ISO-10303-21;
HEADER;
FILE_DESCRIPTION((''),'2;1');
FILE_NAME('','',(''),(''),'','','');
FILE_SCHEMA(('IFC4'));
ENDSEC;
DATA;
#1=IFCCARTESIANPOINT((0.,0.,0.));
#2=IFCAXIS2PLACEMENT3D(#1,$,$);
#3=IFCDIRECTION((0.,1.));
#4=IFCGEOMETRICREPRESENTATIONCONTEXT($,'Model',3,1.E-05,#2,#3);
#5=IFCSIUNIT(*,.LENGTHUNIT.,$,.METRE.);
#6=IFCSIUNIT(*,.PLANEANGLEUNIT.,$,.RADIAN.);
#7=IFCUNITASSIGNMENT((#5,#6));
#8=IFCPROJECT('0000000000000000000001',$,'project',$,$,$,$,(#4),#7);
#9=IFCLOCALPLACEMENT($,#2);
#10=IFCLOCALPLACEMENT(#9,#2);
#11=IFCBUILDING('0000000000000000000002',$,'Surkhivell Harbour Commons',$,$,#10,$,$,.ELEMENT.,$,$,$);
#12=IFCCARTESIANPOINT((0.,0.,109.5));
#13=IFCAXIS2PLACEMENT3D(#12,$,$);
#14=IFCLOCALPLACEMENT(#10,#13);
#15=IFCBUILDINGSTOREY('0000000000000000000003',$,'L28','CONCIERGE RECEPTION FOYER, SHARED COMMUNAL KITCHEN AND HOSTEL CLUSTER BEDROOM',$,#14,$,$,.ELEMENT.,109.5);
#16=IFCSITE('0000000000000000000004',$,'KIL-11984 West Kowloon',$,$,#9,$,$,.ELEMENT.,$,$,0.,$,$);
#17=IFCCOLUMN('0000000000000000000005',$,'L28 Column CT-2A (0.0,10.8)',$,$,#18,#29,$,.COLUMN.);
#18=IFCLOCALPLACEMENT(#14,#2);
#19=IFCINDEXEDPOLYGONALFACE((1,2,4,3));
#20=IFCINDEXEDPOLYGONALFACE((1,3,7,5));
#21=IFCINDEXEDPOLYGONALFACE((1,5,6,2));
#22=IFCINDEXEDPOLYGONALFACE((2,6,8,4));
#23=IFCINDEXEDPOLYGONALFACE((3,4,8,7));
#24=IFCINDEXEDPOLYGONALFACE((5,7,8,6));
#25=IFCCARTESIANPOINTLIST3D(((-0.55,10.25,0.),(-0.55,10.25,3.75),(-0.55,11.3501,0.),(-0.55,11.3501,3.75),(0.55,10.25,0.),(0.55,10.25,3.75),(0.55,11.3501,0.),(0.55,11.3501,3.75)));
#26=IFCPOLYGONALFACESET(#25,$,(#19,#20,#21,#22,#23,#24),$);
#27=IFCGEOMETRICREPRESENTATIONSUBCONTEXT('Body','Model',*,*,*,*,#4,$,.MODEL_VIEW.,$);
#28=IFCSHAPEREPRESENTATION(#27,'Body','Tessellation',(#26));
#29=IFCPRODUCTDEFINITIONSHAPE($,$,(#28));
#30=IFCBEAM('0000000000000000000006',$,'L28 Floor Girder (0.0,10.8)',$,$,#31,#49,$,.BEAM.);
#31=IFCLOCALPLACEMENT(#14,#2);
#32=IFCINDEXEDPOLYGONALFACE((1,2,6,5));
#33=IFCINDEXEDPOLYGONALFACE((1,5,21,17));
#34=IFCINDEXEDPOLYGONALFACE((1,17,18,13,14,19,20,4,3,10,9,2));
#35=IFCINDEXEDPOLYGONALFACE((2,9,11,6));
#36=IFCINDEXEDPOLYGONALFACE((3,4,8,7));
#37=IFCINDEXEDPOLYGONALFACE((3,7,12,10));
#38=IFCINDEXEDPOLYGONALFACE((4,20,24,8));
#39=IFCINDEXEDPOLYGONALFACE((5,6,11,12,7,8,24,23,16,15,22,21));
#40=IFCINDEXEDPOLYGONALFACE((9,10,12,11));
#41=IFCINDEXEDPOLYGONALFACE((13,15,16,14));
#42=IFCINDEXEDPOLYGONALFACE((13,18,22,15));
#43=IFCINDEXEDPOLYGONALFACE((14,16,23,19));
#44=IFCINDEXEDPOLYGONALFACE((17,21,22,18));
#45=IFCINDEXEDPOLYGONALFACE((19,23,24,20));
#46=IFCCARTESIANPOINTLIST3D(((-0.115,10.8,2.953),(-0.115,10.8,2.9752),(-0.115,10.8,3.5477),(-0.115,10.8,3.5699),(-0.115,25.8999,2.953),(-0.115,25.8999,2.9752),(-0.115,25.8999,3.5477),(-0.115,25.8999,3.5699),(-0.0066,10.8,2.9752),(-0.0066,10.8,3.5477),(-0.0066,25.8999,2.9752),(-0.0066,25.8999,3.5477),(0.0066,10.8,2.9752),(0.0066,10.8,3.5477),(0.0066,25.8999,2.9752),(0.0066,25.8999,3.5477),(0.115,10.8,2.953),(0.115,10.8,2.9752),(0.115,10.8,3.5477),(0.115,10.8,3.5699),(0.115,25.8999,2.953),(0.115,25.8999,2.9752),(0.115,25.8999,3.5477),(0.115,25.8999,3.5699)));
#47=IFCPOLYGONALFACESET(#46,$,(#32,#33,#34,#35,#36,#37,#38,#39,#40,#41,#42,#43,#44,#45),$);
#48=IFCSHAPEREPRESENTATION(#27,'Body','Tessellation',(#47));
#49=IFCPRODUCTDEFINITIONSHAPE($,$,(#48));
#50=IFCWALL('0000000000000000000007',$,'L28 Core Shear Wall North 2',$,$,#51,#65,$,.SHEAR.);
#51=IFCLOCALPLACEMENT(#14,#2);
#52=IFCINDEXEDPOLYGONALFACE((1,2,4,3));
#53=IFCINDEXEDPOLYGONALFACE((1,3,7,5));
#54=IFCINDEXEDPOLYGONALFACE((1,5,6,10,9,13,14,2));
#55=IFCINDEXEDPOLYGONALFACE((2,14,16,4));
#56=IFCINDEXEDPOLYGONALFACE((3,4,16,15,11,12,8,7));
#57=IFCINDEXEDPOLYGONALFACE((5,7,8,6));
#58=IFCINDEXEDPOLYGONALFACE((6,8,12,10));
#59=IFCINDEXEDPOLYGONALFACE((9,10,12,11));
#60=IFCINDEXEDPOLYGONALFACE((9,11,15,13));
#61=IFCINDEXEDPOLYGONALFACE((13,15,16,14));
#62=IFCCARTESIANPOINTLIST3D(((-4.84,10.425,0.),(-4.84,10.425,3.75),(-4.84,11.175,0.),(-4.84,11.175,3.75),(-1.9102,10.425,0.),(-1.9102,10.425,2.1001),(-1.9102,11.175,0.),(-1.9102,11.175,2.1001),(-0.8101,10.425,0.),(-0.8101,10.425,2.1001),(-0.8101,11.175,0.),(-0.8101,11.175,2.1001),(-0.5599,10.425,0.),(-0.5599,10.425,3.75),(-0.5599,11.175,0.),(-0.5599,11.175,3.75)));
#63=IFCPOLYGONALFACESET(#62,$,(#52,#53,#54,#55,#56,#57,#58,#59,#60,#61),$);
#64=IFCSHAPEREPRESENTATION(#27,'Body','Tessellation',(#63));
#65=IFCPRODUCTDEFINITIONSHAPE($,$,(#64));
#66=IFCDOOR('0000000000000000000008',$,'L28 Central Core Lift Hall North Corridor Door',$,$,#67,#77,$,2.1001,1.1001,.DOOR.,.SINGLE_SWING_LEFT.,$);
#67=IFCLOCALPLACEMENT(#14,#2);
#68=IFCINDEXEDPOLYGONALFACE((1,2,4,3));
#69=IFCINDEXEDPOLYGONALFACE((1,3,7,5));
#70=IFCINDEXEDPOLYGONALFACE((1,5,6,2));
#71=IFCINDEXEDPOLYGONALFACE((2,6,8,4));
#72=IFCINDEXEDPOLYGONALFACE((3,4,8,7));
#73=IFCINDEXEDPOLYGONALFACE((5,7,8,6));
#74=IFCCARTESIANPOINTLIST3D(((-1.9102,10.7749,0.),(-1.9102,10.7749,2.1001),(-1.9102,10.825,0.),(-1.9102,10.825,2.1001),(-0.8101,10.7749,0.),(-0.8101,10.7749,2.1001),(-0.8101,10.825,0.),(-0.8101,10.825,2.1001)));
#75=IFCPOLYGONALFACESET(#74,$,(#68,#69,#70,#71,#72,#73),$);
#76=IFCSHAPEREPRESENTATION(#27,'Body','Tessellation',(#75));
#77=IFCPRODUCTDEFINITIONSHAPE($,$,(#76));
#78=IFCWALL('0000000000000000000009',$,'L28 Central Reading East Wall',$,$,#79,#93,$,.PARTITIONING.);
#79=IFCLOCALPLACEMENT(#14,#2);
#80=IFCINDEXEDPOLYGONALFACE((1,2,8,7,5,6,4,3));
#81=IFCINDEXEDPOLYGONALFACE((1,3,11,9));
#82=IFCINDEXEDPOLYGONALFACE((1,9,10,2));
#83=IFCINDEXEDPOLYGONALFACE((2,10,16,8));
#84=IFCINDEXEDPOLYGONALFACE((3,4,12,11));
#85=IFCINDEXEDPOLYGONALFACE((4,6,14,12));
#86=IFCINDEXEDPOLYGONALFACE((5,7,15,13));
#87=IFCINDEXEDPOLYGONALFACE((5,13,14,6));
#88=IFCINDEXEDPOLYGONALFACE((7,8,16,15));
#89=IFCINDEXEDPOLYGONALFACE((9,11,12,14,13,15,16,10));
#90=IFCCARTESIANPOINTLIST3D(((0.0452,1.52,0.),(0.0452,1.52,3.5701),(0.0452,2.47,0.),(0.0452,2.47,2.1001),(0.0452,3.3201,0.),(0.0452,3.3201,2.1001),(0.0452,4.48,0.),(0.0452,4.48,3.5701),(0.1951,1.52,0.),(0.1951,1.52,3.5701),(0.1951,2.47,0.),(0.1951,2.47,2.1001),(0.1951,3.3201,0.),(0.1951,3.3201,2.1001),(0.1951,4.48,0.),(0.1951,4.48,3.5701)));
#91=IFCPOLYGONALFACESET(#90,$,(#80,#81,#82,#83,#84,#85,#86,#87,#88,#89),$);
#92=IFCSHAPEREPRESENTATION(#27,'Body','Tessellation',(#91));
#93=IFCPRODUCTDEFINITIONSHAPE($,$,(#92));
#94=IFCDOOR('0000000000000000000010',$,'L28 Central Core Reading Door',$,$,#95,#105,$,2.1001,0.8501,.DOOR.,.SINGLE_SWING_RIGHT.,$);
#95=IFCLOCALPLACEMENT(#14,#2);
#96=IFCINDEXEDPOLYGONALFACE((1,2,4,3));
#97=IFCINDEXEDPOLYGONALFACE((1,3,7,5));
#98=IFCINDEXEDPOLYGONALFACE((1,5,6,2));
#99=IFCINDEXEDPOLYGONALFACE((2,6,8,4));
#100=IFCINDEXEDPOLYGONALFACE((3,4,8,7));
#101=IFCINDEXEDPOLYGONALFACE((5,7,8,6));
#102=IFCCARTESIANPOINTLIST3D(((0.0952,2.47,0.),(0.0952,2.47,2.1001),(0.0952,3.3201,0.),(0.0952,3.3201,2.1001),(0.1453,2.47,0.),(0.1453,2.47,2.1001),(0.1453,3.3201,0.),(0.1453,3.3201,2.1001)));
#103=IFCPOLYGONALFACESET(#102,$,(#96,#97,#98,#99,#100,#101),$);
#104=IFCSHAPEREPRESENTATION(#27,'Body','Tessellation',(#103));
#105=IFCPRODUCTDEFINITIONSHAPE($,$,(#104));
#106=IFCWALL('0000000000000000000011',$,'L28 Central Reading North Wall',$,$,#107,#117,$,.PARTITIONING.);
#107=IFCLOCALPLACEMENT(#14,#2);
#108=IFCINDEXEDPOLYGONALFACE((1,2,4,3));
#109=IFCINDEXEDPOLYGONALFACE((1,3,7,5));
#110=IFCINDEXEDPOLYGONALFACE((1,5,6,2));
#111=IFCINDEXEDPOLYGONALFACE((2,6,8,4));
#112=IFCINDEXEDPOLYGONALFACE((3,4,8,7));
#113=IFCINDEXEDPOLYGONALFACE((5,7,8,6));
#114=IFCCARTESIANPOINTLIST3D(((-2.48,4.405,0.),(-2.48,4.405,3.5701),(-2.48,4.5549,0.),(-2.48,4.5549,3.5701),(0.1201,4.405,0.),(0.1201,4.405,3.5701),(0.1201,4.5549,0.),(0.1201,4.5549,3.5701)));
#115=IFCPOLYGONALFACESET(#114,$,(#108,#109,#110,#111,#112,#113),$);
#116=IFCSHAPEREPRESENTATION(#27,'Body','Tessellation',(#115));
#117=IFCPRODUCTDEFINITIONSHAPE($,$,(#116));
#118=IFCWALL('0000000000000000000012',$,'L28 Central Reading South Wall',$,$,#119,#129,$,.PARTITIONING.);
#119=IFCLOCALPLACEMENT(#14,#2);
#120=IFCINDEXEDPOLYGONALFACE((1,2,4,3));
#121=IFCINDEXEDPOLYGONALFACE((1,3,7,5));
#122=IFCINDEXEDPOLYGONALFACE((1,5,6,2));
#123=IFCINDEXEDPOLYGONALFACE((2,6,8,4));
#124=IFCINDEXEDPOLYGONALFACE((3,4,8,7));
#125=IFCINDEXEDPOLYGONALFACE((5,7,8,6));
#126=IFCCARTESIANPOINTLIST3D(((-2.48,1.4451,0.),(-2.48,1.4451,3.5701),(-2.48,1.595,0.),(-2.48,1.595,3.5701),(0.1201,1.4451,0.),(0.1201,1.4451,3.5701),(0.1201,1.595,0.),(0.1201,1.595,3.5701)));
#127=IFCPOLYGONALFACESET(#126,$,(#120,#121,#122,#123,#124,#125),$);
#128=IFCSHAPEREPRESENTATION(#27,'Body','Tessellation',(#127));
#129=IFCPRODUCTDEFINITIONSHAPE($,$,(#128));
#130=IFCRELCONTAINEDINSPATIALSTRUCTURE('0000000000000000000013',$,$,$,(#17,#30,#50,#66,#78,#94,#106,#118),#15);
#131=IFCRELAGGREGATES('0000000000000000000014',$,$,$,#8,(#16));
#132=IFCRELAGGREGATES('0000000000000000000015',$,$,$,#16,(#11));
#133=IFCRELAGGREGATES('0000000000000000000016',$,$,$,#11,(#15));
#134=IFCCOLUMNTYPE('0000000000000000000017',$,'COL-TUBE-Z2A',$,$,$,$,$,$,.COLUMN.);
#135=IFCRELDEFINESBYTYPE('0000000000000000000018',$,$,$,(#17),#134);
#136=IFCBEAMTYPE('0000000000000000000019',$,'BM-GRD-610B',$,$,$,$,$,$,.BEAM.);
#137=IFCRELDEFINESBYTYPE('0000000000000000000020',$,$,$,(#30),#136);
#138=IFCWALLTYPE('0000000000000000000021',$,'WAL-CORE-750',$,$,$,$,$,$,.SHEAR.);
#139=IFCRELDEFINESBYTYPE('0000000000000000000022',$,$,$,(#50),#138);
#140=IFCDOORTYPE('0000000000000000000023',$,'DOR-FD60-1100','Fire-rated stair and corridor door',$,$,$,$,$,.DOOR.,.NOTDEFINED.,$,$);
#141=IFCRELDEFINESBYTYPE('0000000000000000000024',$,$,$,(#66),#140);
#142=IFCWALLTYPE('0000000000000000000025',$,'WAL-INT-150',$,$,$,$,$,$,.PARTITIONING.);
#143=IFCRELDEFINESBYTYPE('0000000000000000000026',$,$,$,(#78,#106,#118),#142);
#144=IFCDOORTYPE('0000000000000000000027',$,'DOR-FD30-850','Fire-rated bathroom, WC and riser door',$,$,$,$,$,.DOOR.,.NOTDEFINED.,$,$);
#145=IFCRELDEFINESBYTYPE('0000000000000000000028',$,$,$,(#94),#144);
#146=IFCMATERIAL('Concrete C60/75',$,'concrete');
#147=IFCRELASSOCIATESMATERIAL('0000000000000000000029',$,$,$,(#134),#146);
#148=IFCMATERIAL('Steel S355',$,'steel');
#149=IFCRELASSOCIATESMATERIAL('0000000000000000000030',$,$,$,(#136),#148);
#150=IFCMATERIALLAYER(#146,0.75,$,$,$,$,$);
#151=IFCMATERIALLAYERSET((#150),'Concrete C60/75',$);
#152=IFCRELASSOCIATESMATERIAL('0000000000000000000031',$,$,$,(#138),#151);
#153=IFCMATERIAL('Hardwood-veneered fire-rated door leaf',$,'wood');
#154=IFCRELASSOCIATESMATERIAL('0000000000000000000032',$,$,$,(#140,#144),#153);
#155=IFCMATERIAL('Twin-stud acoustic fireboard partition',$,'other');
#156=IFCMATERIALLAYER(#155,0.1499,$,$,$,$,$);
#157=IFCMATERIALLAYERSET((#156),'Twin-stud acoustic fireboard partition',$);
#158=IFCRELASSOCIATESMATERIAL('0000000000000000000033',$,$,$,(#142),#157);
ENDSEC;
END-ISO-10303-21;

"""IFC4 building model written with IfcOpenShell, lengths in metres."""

from ifc_helpers import new_model, si_unit, direction, frame, frame_2d, origin, origin_2d, place, context, subcontext, project, spatial, rectangle, i_section, extrude, material, layer, layer_set, material_profile, profile_set, type_object, element, fill, save


model = new_model("IFC4")

# Units and contexts
model_context = context("Model", 3, precision=1e-05, world=origin(), true_north=direction((0.0, 1.0)))
body_context = subcontext(model_context, "Body", "Model", "MODEL_VIEW")
ifc_project = project(units=[si_unit("LENGTHUNIT", "METRE"), si_unit("PLANEANGLEUNIT", "RADIAN")], contexts=[model_context])

# Site, building, storey
site_placement = place(None, origin())
site = spatial("IfcSite", under=ifc_project, at=site_placement, Name="KIL-11984 West Kowloon", CompositionType="ELEMENT", RefElevation=0.0)
building_placement = place(site_placement, origin())
building = spatial("IfcBuilding", under=site, at=building_placement, Name="Surkhivell Harbour Commons", CompositionType="ELEMENT")
storey_placement = place(building_placement, frame((0.0, 0.0, 109.5)))
storey = spatial("IfcBuildingStorey", under=building, at=storey_placement, Name="L28", Description="CONCIERGE RECEPTION FOYER, SHARED COMMUNAL KITCHEN AND HOSTEL CLUSTER BEDROOM", CompositionType="ELEMENT", Elevation=109.5)

# Column
ifc_material_1 = material(Name="Concrete C60/75", Category="concrete")
ifc_material_profile_1 = material_profile(ifc_material_1, rectangle(XDim=1.1001, YDim=1.1001, at=origin_2d()), Name="RC-COL-1100x1100")
ifc_profile_set_1 = profile_set([ifc_material_profile_1], Name="Concrete C60/75")
column_type = type_object("IfcColumnType", Name="COL-TUBE-Z2A", PredefinedType="COLUMN", material=ifc_profile_set_1)
column_placement = place(storey_placement, frame((0.0, 10.8, 0.0), z_axis=(0.0, 0.0, 1.0), x_axis=(1.0, 0.0, 0.0)))
element("IfcColumn", 1, at=column_placement, inside=storey, type_object=column_type, Name="L28 Column CT-2A (0.0,10.8)", PredefinedType="COLUMN", context=body_context, shape_type="SweptSolid", body=[
    extrude(rectangle(XDim=1.1001, YDim=1.1001, at=origin_2d()), origin(), (0.0, 0.0, 1.0), 3.75),
])

# Beam
ifc_material_2 = material(Name="Steel S355", Category="steel")
ifc_material_profile_2 = material_profile(ifc_material_2, i_section(OverallWidth=0.23, OverallDepth=0.6169, WebThickness=0.0132, FlangeThickness=0.0222, at=origin_2d()), Name="UB610x229x140")
ifc_profile_set_2 = profile_set([ifc_material_profile_2], Name="Steel S355")
beam_type = type_object("IfcBeamType", Name="BM-GRD-610B", PredefinedType="BEAM", material=ifc_profile_set_2)
beam_placement = place(storey_placement, frame((0.0, 10.8, 3.2615), z_axis=(0.0, 1.0, 0.0), x_axis=(-1.0, 0.0, 0.0)))
element("IfcBeam", 2, at=beam_placement, inside=storey, type_object=beam_type, Name="L28 Floor Girder (0.0,10.8)", PredefinedType="BEAM", context=body_context, shape_type="SweptSolid", body=[
    extrude(i_section(OverallWidth=0.23, OverallDepth=0.6169, WebThickness=0.0132, FlangeThickness=0.0222, at=origin_2d()), origin(), (0.0, 0.0, 1.0), 15.0999),
])

# Walls, openings, doors
ifc_layer_1 = layer(ifc_material_1, 0.75)
ifc_layer_set_1 = layer_set([ifc_layer_1], Name="Concrete C60/75")
wall_type_1 = type_object("IfcWallType", Name="WAL-CORE-750", PredefinedType="SHEAR", material=ifc_layer_set_1)
wall_1_placement = place(storey_placement, frame((-4.8401, 10.8, 0.0), z_axis=(0.0, 0.0, 1.0), x_axis=(1.0, 0.0, 0.0)))
wall_1 = element("IfcWall", 3, at=wall_1_placement, inside=storey, type_object=wall_type_1, Name="L28 Core Shear Wall North 2", PredefinedType="SHEAR", context=body_context, shape_type="SweptSolid", body=[
    extrude(rectangle(XDim=4.28, YDim=0.75, at=frame_2d((2.1401, 0.0))), origin(), (0.0, 0.0, 1.0), 3.75),
])
opening_1_placement = place(wall_1_placement, frame((2.9299, 0.0, 0.0)))
opening_1 = element("IfcOpeningElement", 4, at=opening_1_placement, cuts=wall_1, PredefinedType="OPENING", context=body_context, shape_type="SweptSolid", body=[
    extrude(rectangle(XDim=1.1001, YDim=2.1001, at=frame_2d((0.55, 1.05))), frame((0.0, 0.385, 0.0), z_axis=(0.0, -1.0, 0.0), x_axis=(1.0, 0.0, 0.0)), (0.0, 0.0, 1.0), 0.77),
])
ifc_material_3 = material(Name="Hardwood-veneered fire-rated door leaf", Category="wood")
door_type_1 = type_object("IfcDoorType", Name="DOR-FD60-1100", Description="Fire-rated stair and corridor door", OperationType="NOTDEFINED", PredefinedType="DOOR", material=ifc_material_3)
door_1_placement = place(opening_1_placement, origin())
door_1 = element("IfcDoor", 5, at=door_1_placement, inside=storey, type_object=door_type_1, Name="L28 Central Core Lift Hall North Corridor Door", OperationType="SINGLE_SWING_LEFT", OverallHeight=2.1001, OverallWidth=1.1001, PredefinedType="DOOR", context=body_context, shape_type="SweptSolid", body=[
    extrude(rectangle(XDim=1.1001, YDim=2.1001, at=frame_2d((0.55, 1.05))), frame((0.0, 0.0249, 0.0), z_axis=(0.0, -1.0, 0.0), x_axis=(1.0, 0.0, 0.0)), (0.0, 0.0, 1.0), 0.05),
])
fill(opening_1, door_1)
ifc_material_4 = material(Name="Twin-stud acoustic fireboard partition", Category="other")
ifc_layer_2 = layer(ifc_material_4, 0.1499)
ifc_layer_set_2 = layer_set([ifc_layer_2], Name="Twin-stud acoustic fireboard partition")
wall_type_2 = type_object("IfcWallType", Name="WAL-INT-150", PredefinedType="PARTITIONING", material=ifc_layer_set_2)
wall_2_placement = place(storey_placement, frame((0.1201, 1.52, 0.0), z_axis=(0.0, 0.0, 1.0), x_axis=(0.0, 1.0, 0.0)))
wall_2 = element("IfcWall", 6, at=wall_2_placement, inside=storey, type_object=wall_type_2, Name="L28 Central Reading East Wall", PredefinedType="PARTITIONING", context=body_context, shape_type="SweptSolid", body=[
    extrude(rectangle(XDim=2.96, YDim=0.1499, at=frame_2d((1.48, 0.0))), origin(), (0.0, 0.0, 1.0), 3.5701),
])
opening_2_placement = place(wall_2_placement, frame((0.95, 0.0, 0.0)))
opening_2 = element("IfcOpeningElement", 7, at=opening_2_placement, cuts=wall_2, PredefinedType="OPENING", context=body_context, shape_type="SweptSolid", body=[
    extrude(rectangle(XDim=0.8501, YDim=2.1001, at=frame_2d((0.425, 1.05))), frame((0.0, 0.085, 0.0), z_axis=(0.0, -1.0, 0.0), x_axis=(1.0, 0.0, 0.0)), (0.0, 0.0, 1.0), 0.1699),
])
door_type_2 = type_object("IfcDoorType", Name="DOR-FD30-850", Description="Fire-rated bathroom, WC and riser door", OperationType="NOTDEFINED", PredefinedType="DOOR", material=ifc_material_3)
door_2_placement = place(opening_2_placement, origin())
door_2 = element("IfcDoor", 8, at=door_2_placement, inside=storey, type_object=door_type_2, Name="L28 Central Core Reading Door", OperationType="SINGLE_SWING_RIGHT", OverallHeight=2.1001, OverallWidth=0.8501, PredefinedType="DOOR", context=body_context, shape_type="SweptSolid", body=[
    extrude(rectangle(XDim=0.8501, YDim=2.1001, at=frame_2d((0.425, 1.05))), frame((0.0, 0.0249, 0.0), z_axis=(0.0, -1.0, 0.0), x_axis=(1.0, 0.0, 0.0)), (0.0, 0.0, 1.0), 0.05),
])
fill(opening_2, door_2)

# Walls
for number, where, z_axis, x_axis, name in (
    (9, (-2.48, 4.48, 0.0), (0.0, 0.0, 1.0), (1.0, 0.0, 0.0), "L28 Central Reading North Wall"),
    (10, (-2.48, 1.52, 0.0), (0.0, 0.0, 1.0), (1.0, 0.0, 0.0), "L28 Central Reading South Wall"),
):
    element("IfcWall", number, at=place(storey_placement, frame(where, z_axis=z_axis, x_axis=x_axis)), inside=storey, type_object=wall_type_2, Name=name, PredefinedType="PARTITIONING", context=body_context, shape_type="SweptSolid", body=[
        extrude(rectangle(XDim=2.6001, YDim=0.1499, at=frame_2d((1.3, 0.0))), origin(), (0.0, 0.0, 1.0), 3.5701),
    ])

save(model, "model.ifc")
